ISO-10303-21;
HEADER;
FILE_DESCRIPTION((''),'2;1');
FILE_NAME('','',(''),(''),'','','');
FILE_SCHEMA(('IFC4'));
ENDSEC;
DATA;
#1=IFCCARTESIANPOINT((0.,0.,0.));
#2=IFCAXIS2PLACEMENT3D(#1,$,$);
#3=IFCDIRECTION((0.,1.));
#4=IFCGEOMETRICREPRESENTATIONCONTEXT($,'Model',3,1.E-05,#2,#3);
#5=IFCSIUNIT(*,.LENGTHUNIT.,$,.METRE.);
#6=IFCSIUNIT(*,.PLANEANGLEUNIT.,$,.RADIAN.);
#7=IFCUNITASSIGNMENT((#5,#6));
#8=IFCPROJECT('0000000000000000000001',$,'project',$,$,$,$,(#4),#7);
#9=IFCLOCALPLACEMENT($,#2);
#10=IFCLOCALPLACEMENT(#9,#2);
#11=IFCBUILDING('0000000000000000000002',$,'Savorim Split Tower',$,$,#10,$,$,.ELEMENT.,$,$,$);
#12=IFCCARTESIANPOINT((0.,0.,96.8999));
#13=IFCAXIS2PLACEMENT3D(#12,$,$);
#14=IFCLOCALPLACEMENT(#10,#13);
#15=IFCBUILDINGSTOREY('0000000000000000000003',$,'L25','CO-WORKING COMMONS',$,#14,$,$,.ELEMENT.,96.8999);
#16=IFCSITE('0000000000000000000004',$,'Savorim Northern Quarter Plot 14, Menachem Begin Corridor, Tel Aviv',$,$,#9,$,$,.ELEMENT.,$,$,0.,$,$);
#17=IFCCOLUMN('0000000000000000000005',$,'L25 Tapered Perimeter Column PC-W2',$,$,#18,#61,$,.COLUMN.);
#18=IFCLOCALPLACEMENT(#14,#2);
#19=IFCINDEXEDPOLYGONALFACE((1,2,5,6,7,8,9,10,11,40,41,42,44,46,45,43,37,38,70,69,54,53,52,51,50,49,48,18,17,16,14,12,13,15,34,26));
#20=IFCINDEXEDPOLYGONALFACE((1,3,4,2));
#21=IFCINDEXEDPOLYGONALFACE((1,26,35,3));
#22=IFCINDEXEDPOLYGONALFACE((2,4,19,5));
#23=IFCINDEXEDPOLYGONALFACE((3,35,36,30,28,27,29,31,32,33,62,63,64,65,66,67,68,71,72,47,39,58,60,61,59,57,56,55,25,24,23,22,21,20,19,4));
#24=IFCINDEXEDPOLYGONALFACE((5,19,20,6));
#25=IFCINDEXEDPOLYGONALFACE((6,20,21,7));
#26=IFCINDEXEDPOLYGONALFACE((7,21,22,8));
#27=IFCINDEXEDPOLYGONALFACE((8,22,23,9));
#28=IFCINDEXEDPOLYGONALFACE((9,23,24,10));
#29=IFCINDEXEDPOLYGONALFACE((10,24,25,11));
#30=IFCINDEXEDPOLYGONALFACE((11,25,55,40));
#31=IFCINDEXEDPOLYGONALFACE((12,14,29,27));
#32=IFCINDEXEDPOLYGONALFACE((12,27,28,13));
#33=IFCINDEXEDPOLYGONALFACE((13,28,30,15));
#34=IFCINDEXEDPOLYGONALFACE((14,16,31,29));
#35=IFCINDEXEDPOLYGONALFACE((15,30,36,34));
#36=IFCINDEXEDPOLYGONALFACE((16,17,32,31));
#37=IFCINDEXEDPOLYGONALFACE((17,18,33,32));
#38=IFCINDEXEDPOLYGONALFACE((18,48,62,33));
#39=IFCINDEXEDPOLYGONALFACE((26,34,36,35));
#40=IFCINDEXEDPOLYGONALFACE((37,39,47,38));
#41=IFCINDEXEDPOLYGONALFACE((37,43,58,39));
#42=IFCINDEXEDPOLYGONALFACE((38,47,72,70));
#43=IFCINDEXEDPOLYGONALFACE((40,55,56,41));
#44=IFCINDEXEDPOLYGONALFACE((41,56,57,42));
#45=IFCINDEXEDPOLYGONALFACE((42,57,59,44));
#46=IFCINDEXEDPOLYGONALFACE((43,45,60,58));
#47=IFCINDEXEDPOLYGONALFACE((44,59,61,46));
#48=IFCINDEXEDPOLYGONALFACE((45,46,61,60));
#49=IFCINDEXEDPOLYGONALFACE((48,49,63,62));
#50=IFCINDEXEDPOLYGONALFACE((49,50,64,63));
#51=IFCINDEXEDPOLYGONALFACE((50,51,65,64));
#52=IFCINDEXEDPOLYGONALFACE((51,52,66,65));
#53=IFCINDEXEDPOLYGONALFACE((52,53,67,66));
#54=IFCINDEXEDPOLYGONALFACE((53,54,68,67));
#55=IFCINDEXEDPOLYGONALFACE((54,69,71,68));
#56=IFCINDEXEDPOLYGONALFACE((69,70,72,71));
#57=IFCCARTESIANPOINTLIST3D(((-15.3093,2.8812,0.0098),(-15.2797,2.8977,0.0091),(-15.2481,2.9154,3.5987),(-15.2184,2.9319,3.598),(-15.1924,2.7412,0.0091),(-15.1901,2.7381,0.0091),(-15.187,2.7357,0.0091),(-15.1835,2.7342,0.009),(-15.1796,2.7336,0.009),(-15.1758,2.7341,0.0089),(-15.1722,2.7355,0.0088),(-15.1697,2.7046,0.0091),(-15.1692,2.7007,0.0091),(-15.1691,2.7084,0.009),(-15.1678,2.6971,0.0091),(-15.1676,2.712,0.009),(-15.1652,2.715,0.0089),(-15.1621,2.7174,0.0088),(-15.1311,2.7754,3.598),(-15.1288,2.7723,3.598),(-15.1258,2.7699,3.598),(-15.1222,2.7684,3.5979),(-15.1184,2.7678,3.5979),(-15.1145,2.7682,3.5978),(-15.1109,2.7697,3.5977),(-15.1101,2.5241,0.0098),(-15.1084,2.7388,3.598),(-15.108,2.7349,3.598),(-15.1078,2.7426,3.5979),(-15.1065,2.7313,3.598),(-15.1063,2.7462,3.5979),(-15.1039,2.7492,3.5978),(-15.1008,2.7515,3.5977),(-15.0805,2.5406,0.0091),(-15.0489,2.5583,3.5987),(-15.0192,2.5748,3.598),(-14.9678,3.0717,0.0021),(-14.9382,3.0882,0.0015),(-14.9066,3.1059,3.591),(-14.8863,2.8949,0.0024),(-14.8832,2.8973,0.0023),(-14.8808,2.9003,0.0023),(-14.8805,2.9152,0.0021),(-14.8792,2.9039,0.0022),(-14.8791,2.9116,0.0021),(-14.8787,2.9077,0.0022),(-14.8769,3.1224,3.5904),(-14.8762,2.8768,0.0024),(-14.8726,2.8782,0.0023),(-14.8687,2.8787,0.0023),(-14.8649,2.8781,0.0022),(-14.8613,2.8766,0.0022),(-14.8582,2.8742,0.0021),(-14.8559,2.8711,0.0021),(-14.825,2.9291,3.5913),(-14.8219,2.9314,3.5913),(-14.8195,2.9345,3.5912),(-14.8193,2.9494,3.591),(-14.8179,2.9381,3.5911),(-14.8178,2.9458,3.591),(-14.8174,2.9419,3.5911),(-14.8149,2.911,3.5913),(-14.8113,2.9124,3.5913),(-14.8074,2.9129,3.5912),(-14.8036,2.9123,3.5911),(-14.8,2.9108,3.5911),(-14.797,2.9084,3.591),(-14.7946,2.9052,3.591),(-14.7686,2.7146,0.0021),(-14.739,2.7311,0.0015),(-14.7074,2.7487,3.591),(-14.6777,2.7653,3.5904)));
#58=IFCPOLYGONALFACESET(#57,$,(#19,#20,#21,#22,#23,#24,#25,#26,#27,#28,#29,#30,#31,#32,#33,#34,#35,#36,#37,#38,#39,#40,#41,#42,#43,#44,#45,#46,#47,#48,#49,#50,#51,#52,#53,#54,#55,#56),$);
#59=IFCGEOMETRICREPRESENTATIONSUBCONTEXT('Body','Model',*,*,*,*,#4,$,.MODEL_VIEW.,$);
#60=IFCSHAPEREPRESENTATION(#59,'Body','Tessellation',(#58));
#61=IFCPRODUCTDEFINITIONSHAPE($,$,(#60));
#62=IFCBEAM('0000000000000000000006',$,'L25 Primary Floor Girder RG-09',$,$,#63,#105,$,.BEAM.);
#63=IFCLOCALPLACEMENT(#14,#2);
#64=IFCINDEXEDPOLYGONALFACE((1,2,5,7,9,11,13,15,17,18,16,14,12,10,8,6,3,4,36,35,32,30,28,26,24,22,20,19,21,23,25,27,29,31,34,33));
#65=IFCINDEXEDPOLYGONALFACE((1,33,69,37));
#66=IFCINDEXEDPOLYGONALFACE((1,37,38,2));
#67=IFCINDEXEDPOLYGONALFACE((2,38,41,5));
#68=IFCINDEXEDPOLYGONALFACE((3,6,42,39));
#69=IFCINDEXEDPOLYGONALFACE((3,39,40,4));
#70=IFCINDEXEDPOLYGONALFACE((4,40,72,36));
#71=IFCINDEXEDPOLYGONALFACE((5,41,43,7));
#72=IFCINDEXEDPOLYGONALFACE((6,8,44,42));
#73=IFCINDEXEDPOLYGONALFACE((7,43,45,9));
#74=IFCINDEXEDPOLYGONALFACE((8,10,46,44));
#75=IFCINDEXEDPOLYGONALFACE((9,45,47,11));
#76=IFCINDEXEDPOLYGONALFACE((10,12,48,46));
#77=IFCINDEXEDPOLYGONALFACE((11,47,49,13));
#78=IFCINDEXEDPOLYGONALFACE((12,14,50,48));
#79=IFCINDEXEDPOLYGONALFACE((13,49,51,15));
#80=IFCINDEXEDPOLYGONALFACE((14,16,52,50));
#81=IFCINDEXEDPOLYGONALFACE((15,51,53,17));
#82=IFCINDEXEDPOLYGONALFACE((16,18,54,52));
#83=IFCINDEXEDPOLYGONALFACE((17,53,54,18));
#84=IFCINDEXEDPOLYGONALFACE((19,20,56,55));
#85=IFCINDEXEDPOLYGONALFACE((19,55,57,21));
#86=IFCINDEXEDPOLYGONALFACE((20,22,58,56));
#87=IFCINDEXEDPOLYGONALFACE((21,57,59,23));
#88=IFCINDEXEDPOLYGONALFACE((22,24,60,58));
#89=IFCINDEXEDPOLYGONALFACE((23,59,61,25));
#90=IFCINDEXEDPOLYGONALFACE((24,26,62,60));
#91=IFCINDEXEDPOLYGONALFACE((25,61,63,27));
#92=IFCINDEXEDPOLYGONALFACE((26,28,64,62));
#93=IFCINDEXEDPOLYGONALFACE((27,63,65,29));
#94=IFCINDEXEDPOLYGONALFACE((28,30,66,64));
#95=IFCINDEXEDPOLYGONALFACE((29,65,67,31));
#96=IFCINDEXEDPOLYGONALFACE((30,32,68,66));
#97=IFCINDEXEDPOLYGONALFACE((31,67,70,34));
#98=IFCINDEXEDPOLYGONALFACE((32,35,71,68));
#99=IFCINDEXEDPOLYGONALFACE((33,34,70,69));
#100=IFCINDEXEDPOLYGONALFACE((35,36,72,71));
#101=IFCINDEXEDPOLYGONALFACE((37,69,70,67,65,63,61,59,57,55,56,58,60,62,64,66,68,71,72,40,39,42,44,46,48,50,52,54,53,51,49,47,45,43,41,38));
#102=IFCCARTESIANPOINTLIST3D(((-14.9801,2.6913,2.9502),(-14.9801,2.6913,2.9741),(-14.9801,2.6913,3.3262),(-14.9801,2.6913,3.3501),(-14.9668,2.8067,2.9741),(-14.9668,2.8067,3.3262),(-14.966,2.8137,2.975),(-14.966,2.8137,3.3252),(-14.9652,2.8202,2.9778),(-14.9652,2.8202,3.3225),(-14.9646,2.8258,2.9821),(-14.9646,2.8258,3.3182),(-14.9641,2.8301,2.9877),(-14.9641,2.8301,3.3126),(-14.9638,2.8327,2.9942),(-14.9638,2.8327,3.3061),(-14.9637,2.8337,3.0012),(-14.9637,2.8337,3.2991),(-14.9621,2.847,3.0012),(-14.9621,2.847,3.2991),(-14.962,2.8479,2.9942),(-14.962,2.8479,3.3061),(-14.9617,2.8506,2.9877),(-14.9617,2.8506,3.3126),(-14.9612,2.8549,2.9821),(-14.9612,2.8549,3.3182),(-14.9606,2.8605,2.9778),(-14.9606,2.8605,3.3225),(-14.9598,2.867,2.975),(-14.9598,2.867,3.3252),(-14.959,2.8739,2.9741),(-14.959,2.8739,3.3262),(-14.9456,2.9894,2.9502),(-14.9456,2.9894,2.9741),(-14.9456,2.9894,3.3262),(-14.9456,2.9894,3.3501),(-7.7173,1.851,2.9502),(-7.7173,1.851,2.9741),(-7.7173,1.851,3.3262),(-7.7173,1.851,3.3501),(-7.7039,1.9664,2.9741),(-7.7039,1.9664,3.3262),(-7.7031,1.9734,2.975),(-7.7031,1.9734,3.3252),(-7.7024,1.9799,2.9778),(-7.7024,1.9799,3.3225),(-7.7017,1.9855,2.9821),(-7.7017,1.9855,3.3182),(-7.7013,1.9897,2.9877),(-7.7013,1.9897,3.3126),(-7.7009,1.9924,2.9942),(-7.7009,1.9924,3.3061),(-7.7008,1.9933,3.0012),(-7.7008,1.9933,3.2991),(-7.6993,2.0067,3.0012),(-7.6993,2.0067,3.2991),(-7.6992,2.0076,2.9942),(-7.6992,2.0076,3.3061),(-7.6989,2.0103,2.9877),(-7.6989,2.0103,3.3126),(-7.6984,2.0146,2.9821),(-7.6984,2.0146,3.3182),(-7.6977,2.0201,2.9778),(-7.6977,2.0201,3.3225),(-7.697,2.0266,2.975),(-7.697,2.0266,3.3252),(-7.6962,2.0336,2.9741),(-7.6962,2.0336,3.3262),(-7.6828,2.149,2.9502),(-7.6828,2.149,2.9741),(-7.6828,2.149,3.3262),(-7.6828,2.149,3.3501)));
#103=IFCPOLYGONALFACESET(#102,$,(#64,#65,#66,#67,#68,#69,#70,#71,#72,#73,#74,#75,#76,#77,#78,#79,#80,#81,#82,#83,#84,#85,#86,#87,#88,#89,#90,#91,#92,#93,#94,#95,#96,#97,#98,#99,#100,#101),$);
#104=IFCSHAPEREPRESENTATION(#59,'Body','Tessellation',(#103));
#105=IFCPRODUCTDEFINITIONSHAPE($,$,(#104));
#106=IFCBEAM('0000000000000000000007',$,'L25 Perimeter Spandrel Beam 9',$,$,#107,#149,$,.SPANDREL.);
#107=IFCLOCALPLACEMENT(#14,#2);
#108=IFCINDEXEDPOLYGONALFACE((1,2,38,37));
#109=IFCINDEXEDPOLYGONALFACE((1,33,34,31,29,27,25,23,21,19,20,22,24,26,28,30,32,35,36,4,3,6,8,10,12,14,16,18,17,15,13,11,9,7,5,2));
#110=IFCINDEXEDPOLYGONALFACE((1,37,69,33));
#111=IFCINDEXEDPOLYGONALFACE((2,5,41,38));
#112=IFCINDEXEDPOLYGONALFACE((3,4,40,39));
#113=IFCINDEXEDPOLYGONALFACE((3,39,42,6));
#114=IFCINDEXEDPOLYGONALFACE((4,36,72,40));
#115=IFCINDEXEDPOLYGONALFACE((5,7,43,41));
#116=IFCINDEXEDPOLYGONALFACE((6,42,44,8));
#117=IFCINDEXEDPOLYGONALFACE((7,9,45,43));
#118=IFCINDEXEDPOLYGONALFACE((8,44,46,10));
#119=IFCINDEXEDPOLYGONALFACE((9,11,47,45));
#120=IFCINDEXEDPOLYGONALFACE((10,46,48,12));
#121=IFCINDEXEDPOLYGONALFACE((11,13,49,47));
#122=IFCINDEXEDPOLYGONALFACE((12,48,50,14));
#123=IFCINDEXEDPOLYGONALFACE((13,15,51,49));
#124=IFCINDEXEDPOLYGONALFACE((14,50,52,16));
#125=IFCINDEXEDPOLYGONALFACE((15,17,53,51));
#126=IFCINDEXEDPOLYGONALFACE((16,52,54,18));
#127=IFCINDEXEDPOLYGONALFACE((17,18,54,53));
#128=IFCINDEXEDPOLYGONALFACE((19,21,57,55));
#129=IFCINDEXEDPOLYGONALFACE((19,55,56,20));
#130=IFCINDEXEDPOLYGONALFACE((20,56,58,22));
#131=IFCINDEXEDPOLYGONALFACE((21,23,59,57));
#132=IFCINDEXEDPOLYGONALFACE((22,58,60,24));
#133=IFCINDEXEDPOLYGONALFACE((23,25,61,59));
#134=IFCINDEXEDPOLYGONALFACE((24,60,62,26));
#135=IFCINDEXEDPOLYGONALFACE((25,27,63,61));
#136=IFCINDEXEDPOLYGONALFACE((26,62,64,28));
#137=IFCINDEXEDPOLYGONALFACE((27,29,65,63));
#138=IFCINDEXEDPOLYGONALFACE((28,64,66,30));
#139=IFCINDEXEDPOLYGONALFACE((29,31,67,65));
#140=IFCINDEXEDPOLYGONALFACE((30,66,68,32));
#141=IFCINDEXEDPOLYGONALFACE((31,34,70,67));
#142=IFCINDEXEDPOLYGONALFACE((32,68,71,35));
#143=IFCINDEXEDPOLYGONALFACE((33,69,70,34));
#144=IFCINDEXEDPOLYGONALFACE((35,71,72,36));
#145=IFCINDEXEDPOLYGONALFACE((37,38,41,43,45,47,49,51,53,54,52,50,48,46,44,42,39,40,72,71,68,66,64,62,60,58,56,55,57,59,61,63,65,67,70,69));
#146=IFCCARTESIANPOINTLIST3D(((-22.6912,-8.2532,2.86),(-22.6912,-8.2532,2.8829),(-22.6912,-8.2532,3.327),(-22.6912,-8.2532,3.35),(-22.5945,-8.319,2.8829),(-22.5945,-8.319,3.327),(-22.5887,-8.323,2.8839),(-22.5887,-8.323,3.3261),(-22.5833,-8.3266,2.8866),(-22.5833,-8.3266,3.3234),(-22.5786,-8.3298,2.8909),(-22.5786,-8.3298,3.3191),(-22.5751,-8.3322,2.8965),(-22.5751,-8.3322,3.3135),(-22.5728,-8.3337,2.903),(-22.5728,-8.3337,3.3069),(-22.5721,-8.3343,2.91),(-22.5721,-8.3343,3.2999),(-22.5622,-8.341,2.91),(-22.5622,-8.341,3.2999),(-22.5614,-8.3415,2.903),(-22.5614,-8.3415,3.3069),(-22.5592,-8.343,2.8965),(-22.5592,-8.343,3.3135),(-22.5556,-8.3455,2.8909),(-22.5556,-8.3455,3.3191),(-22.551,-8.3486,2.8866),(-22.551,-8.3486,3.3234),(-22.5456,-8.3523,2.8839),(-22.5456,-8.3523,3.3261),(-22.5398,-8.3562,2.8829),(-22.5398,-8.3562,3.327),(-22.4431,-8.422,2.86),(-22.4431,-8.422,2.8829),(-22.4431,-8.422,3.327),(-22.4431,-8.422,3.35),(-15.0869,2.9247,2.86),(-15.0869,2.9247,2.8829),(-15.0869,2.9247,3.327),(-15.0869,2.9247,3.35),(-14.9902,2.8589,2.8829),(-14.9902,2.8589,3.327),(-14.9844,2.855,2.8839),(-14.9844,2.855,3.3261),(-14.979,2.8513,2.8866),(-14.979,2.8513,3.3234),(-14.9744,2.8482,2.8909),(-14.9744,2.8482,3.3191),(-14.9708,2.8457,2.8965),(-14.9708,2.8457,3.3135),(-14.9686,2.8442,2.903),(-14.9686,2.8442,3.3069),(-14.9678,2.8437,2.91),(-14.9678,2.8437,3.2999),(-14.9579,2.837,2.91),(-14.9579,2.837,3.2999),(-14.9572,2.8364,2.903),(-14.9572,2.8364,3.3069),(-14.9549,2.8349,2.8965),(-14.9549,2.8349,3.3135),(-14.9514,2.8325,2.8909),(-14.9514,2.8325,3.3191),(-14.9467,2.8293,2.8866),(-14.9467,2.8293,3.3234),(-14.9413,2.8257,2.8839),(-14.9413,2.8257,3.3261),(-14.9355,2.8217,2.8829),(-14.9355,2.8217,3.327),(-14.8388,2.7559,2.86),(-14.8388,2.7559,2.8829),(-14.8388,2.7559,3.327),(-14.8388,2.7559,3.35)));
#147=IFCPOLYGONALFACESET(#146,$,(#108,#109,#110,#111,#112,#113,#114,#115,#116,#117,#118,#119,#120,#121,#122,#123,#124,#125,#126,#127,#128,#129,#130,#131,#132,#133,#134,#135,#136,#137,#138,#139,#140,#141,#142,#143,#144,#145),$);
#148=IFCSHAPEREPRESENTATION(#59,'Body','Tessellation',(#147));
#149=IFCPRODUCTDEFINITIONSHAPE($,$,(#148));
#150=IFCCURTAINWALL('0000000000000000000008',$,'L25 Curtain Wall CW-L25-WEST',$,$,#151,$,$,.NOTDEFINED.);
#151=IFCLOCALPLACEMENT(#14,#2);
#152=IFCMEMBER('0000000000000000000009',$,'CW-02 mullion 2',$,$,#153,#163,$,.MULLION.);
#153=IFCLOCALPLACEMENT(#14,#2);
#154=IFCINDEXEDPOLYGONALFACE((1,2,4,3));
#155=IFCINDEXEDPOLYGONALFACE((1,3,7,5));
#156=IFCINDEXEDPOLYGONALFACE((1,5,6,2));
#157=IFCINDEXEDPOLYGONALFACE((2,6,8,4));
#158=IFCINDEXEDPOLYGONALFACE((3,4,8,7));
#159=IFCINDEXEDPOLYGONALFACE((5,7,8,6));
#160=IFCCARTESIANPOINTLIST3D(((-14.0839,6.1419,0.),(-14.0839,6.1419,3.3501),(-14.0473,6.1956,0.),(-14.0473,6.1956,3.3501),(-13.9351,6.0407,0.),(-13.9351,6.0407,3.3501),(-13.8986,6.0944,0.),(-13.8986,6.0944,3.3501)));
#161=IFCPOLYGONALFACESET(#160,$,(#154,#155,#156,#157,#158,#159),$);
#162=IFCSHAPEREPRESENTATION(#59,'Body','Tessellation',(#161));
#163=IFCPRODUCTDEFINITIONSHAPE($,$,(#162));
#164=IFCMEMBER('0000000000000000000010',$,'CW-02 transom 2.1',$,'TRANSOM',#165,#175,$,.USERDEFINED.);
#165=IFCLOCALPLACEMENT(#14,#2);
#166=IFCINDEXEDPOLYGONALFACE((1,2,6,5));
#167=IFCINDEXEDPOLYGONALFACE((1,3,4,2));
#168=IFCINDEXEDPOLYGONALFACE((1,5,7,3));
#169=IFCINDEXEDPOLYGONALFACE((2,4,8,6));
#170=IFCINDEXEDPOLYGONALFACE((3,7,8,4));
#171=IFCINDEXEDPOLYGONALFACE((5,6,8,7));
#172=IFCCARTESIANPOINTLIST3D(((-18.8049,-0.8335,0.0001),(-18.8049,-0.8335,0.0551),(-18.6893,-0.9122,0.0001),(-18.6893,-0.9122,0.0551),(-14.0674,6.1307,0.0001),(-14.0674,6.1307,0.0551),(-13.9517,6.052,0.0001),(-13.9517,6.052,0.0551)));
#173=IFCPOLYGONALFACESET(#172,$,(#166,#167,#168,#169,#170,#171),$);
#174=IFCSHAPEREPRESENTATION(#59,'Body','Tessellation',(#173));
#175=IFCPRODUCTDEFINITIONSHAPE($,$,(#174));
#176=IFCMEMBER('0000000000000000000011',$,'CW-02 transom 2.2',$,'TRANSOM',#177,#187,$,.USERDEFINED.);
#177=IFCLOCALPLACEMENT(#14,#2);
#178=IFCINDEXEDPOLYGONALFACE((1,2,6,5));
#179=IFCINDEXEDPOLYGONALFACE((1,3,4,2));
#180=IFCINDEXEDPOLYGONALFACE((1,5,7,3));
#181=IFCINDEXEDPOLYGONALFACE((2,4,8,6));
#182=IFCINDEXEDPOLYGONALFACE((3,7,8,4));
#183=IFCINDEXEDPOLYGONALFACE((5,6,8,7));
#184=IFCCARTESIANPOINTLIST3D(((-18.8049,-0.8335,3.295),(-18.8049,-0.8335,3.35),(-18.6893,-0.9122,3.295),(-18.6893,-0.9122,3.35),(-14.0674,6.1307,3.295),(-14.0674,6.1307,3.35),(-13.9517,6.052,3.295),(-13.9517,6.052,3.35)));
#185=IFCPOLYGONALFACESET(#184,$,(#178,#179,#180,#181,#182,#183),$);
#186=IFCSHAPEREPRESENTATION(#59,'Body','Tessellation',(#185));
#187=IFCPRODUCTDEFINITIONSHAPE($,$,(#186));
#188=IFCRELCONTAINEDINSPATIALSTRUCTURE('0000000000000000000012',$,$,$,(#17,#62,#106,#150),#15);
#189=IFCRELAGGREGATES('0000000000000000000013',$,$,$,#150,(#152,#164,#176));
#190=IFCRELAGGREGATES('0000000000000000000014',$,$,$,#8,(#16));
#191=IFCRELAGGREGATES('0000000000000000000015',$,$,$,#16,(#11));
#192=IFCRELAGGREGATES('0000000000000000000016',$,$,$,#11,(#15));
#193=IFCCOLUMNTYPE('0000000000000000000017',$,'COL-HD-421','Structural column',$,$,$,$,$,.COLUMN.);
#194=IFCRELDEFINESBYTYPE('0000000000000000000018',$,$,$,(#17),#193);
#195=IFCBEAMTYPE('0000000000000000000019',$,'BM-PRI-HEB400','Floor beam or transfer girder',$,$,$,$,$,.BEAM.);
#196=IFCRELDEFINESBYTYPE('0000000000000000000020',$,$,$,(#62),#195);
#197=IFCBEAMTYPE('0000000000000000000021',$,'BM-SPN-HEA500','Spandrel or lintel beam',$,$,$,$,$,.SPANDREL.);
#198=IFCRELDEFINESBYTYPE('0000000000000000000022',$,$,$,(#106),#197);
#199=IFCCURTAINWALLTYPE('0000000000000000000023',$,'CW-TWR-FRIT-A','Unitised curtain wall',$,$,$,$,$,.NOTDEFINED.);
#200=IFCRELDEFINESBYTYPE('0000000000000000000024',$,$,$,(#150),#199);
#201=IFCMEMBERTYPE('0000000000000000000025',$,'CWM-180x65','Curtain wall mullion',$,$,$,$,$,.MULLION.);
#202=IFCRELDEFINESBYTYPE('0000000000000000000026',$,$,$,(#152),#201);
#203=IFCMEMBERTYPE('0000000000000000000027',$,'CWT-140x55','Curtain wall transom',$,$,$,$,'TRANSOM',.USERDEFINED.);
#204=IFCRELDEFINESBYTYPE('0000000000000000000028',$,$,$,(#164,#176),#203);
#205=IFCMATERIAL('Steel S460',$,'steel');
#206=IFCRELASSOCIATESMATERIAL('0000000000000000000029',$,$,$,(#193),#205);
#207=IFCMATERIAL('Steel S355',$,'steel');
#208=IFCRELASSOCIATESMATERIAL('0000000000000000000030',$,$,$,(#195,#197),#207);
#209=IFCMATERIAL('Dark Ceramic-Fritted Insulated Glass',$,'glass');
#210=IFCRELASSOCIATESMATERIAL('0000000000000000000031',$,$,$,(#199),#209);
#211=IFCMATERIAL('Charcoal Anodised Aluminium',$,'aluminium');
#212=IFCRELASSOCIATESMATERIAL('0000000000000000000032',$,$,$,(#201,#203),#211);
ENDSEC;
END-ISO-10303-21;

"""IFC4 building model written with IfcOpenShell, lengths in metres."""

from ifc_helpers import new_model, si_unit, direction, frame, origin, origin_2d, place, context, subcontext, project, spatial, rectangle, i_section, extrude, material, material_profile, profile_set, type_object, element, aggregate, save


model = new_model("IFC4")

# Units and contexts
model_context = context("Model", 3, precision=1e-05, world=origin(), true_north=direction((0.0, 1.0)))
body_context = subcontext(model_context, "Body", "Model", "MODEL_VIEW")
ifc_project = project(units=[si_unit("LENGTHUNIT", "METRE"), si_unit("PLANEANGLEUNIT", "RADIAN")], contexts=[model_context])

# Site, building, storey
site_placement = place(None, origin())
site = spatial("IfcSite", under=ifc_project, at=site_placement, Name="Savorim Northern Quarter Plot 14, Menachem Begin Corridor, Tel Aviv", CompositionType="ELEMENT", RefElevation=0.0)
building_placement = place(site_placement, origin())
building = spatial("IfcBuilding", under=site, at=building_placement, Name="Savorim Split Tower", CompositionType="ELEMENT")
storey_placement = place(building_placement, frame((0.0, 0.0, 96.8999)))
storey = spatial("IfcBuildingStorey", under=building, at=storey_placement, Name="L25", Description="CO-WORKING COMMONS", CompositionType="ELEMENT", Elevation=96.8999)

# Column
ifc_material_1 = material(Name="Steel S460", Category="steel")
ifc_material_profile_1 = material_profile(ifc_material_1, i_section(OverallWidth=0.4089, OverallDepth=0.425, WebThickness=0.0208, FlangeThickness=0.0339, FilletRadius=0.0149, at=origin_2d()), Name="HD 400x421")
ifc_profile_set_1 = profile_set([ifc_material_profile_1], Name="Steel S460")
column_type = type_object("IfcColumnType", Name="COL-HD-421", Description="Structural column", PredefinedType="COLUMN", material=ifc_profile_set_1)
column_placement = place(storey_placement, frame((-15.0242, 2.8062, 0.0056), z_axis=(0.017072, 0.009522, 0.999809), x_axis=(-0.487119, 0.873335, 0.0)))
element("IfcColumn", 1, at=column_placement, inside=storey, type_object=column_type, Name="L25 Tapered Perimeter Column PC-W2", PredefinedType="COLUMN", context=body_context, shape_type="SweptSolid", body=[
    extrude(i_section(OverallWidth=0.4089, OverallDepth=0.425, WebThickness=0.0208, FlangeThickness=0.0339, FilletRadius=0.0149, at=origin_2d()), origin(), (0.0, 0.0, 1.0), 3.5896),
])

# Beams
ifc_material_2 = material(Name="Steel S355", Category="steel")
ifc_material_profile_2 = material_profile(ifc_material_2, i_section(OverallWidth=0.3, OverallDepth=0.3999, WebThickness=0.0134, FlangeThickness=0.0239, FilletRadius=0.0271, at=origin_2d()), Name="HEB 400")
ifc_profile_set_2 = profile_set([ifc_material_profile_2], Name="Steel S355")
beam_type_1 = type_object("IfcBeamType", Name="BM-PRI-HEB400", Description="Floor beam or transfer girder", PredefinedType="BEAM", material=ifc_profile_set_2)
beam_1_placement = place(storey_placement, frame((-14.9629, 2.8403, 3.1501), z_axis=(0.993373, -0.114935, 0.0), x_axis=(0.114935, 0.993373, 0.0)))
element("IfcBeam", 2, at=beam_1_placement, inside=storey, type_object=beam_type_1, Name="L25 Primary Floor Girder RG-09", PredefinedType="BEAM", context=body_context, shape_type="SweptSolid", body=[
    extrude(i_section(OverallWidth=0.3, OverallDepth=0.3999, WebThickness=0.0134, FlangeThickness=0.0239, FilletRadius=0.0271, at=origin_2d()), origin(), (0.0, 0.0, 1.0), 7.3113),
])
ifc_material_profile_3 = material_profile(ifc_material_2, i_section(OverallWidth=0.3, OverallDepth=0.49, WebThickness=0.012, FlangeThickness=0.0229, FilletRadius=0.0271, at=origin_2d()), Name="HEA 500")
ifc_profile_set_3 = profile_set([ifc_material_profile_3], Name="Steel S355")
beam_type_2 = type_object("IfcBeamType", Name="BM-SPN-HEA500", Description="Spandrel or lintel beam", PredefinedType="SPANDREL", material=ifc_profile_set_3)
beam_2_placement = place(storey_placement, frame((-14.9629, 2.8403, 3.105), z_axis=(-0.562473, -0.826816, 0.0), x_axis=(0.826816, -0.562473, 0.0)))
element("IfcBeam", 3, at=beam_2_placement, inside=storey, type_object=beam_type_2, Name="L25 Perimeter Spandrel Beam 9", PredefinedType="SPANDREL", context=body_context, shape_type="SweptSolid", body=[
    extrude(i_section(OverallWidth=0.3, OverallDepth=0.49, WebThickness=0.012, FlangeThickness=0.0229, FilletRadius=0.0271, at=origin_2d()), origin(), (0.0, 0.0, 1.0), 13.5193),
])

# Curtain wall, members
ifc_material_3 = material(Name="Dark Ceramic-Fritted Insulated Glass", Category="glass")
curtain_wall_type = type_object("IfcCurtainWallType", Name="CW-TWR-FRIT-A", Description="Unitised curtain wall", PredefinedType="NOTDEFINED", material=ifc_material_3)
curtain_wall_placement = place(storey_placement, origin())
curtain_wall = element("IfcCurtainWall", 4, at=curtain_wall_placement, inside=storey, type_object=curtain_wall_type, Name="L25 Curtain Wall CW-L25-WEST", PredefinedType="NOTDEFINED")
ifc_material_4 = material(Name="Charcoal Anodised Aluminium", Category="aluminium")
ifc_material_profile_4 = material_profile(ifc_material_4, rectangle(XDim=0.1799, YDim=0.0649, at=origin_2d()), Name="ALU-M 180x65")
ifc_profile_set_4 = profile_set([ifc_material_profile_4], Name="Charcoal Anodised Aluminium")
member_type_1 = type_object("IfcMemberType", Name="CWM-180x65", Description="Curtain wall mullion", PredefinedType="MULLION", material=ifc_profile_set_4)
member_1_placement = place(storey_placement, frame((-13.9912, 6.1182, 0.0), z_axis=(0.0, 0.0, 1.0), x_axis=(0.826819, -0.562468, 0.0)))
member_1 = element("IfcMember", 5, at=member_1_placement, type_object=member_type_1, Name="CW-02 mullion 2", PredefinedType="MULLION", context=body_context, shape_type="SweptSolid", body=[
    extrude(rectangle(XDim=0.1799, YDim=0.0649, at=origin_2d()), origin(), (0.0, 0.0, 1.0), 3.3501),
])
ifc_material_profile_5 = material_profile(ifc_material_4, rectangle(XDim=0.1399, YDim=0.0549, at=origin_2d()), Name="ALU-T 140x55")
ifc_profile_set_5 = profile_set([ifc_material_profile_5], Name="Charcoal Anodised Aluminium")
member_type_2 = type_object("IfcMemberType", Name="CWT-140x55", Description="Curtain wall transom", ElementType="TRANSOM", PredefinedType="USERDEFINED", material=ifc_profile_set_5)
member_2_placement = place(storey_placement, frame((-14.0095, 6.0913, 0.0276), z_axis=(-0.562469, -0.826819, 0.0), x_axis=(0.826819, -0.562469, 0.0)))
member_2 = element("IfcMember", 6, at=member_2_placement, type_object=member_type_2, Name="CW-02 transom 2.1", ObjectType="TRANSOM", PredefinedType="USERDEFINED", context=body_context, shape_type="SweptSolid", body=[
    extrude(rectangle(XDim=0.1399, YDim=0.0549, at=origin_2d()), origin(), (0.0, 0.0, 1.0), 8.4229),
])
member_3_placement = place(storey_placement, frame((-14.0095, 6.0913, 3.3225), z_axis=(-0.562469, -0.826819, 0.0), x_axis=(0.826819, -0.562469, 0.0)))
member_3 = element("IfcMember", 7, at=member_3_placement, type_object=member_type_2, Name="CW-02 transom 2.2", ObjectType="TRANSOM", PredefinedType="USERDEFINED", context=body_context, shape_type="SweptSolid", body=[
    extrude(rectangle(XDim=0.1399, YDim=0.0549, at=origin_2d()), origin(), (0.0, 0.0, 1.0), 8.4229),
])
aggregate(curtain_wall, [member_1, member_2, member_3])

save(model, "model.ifc")
